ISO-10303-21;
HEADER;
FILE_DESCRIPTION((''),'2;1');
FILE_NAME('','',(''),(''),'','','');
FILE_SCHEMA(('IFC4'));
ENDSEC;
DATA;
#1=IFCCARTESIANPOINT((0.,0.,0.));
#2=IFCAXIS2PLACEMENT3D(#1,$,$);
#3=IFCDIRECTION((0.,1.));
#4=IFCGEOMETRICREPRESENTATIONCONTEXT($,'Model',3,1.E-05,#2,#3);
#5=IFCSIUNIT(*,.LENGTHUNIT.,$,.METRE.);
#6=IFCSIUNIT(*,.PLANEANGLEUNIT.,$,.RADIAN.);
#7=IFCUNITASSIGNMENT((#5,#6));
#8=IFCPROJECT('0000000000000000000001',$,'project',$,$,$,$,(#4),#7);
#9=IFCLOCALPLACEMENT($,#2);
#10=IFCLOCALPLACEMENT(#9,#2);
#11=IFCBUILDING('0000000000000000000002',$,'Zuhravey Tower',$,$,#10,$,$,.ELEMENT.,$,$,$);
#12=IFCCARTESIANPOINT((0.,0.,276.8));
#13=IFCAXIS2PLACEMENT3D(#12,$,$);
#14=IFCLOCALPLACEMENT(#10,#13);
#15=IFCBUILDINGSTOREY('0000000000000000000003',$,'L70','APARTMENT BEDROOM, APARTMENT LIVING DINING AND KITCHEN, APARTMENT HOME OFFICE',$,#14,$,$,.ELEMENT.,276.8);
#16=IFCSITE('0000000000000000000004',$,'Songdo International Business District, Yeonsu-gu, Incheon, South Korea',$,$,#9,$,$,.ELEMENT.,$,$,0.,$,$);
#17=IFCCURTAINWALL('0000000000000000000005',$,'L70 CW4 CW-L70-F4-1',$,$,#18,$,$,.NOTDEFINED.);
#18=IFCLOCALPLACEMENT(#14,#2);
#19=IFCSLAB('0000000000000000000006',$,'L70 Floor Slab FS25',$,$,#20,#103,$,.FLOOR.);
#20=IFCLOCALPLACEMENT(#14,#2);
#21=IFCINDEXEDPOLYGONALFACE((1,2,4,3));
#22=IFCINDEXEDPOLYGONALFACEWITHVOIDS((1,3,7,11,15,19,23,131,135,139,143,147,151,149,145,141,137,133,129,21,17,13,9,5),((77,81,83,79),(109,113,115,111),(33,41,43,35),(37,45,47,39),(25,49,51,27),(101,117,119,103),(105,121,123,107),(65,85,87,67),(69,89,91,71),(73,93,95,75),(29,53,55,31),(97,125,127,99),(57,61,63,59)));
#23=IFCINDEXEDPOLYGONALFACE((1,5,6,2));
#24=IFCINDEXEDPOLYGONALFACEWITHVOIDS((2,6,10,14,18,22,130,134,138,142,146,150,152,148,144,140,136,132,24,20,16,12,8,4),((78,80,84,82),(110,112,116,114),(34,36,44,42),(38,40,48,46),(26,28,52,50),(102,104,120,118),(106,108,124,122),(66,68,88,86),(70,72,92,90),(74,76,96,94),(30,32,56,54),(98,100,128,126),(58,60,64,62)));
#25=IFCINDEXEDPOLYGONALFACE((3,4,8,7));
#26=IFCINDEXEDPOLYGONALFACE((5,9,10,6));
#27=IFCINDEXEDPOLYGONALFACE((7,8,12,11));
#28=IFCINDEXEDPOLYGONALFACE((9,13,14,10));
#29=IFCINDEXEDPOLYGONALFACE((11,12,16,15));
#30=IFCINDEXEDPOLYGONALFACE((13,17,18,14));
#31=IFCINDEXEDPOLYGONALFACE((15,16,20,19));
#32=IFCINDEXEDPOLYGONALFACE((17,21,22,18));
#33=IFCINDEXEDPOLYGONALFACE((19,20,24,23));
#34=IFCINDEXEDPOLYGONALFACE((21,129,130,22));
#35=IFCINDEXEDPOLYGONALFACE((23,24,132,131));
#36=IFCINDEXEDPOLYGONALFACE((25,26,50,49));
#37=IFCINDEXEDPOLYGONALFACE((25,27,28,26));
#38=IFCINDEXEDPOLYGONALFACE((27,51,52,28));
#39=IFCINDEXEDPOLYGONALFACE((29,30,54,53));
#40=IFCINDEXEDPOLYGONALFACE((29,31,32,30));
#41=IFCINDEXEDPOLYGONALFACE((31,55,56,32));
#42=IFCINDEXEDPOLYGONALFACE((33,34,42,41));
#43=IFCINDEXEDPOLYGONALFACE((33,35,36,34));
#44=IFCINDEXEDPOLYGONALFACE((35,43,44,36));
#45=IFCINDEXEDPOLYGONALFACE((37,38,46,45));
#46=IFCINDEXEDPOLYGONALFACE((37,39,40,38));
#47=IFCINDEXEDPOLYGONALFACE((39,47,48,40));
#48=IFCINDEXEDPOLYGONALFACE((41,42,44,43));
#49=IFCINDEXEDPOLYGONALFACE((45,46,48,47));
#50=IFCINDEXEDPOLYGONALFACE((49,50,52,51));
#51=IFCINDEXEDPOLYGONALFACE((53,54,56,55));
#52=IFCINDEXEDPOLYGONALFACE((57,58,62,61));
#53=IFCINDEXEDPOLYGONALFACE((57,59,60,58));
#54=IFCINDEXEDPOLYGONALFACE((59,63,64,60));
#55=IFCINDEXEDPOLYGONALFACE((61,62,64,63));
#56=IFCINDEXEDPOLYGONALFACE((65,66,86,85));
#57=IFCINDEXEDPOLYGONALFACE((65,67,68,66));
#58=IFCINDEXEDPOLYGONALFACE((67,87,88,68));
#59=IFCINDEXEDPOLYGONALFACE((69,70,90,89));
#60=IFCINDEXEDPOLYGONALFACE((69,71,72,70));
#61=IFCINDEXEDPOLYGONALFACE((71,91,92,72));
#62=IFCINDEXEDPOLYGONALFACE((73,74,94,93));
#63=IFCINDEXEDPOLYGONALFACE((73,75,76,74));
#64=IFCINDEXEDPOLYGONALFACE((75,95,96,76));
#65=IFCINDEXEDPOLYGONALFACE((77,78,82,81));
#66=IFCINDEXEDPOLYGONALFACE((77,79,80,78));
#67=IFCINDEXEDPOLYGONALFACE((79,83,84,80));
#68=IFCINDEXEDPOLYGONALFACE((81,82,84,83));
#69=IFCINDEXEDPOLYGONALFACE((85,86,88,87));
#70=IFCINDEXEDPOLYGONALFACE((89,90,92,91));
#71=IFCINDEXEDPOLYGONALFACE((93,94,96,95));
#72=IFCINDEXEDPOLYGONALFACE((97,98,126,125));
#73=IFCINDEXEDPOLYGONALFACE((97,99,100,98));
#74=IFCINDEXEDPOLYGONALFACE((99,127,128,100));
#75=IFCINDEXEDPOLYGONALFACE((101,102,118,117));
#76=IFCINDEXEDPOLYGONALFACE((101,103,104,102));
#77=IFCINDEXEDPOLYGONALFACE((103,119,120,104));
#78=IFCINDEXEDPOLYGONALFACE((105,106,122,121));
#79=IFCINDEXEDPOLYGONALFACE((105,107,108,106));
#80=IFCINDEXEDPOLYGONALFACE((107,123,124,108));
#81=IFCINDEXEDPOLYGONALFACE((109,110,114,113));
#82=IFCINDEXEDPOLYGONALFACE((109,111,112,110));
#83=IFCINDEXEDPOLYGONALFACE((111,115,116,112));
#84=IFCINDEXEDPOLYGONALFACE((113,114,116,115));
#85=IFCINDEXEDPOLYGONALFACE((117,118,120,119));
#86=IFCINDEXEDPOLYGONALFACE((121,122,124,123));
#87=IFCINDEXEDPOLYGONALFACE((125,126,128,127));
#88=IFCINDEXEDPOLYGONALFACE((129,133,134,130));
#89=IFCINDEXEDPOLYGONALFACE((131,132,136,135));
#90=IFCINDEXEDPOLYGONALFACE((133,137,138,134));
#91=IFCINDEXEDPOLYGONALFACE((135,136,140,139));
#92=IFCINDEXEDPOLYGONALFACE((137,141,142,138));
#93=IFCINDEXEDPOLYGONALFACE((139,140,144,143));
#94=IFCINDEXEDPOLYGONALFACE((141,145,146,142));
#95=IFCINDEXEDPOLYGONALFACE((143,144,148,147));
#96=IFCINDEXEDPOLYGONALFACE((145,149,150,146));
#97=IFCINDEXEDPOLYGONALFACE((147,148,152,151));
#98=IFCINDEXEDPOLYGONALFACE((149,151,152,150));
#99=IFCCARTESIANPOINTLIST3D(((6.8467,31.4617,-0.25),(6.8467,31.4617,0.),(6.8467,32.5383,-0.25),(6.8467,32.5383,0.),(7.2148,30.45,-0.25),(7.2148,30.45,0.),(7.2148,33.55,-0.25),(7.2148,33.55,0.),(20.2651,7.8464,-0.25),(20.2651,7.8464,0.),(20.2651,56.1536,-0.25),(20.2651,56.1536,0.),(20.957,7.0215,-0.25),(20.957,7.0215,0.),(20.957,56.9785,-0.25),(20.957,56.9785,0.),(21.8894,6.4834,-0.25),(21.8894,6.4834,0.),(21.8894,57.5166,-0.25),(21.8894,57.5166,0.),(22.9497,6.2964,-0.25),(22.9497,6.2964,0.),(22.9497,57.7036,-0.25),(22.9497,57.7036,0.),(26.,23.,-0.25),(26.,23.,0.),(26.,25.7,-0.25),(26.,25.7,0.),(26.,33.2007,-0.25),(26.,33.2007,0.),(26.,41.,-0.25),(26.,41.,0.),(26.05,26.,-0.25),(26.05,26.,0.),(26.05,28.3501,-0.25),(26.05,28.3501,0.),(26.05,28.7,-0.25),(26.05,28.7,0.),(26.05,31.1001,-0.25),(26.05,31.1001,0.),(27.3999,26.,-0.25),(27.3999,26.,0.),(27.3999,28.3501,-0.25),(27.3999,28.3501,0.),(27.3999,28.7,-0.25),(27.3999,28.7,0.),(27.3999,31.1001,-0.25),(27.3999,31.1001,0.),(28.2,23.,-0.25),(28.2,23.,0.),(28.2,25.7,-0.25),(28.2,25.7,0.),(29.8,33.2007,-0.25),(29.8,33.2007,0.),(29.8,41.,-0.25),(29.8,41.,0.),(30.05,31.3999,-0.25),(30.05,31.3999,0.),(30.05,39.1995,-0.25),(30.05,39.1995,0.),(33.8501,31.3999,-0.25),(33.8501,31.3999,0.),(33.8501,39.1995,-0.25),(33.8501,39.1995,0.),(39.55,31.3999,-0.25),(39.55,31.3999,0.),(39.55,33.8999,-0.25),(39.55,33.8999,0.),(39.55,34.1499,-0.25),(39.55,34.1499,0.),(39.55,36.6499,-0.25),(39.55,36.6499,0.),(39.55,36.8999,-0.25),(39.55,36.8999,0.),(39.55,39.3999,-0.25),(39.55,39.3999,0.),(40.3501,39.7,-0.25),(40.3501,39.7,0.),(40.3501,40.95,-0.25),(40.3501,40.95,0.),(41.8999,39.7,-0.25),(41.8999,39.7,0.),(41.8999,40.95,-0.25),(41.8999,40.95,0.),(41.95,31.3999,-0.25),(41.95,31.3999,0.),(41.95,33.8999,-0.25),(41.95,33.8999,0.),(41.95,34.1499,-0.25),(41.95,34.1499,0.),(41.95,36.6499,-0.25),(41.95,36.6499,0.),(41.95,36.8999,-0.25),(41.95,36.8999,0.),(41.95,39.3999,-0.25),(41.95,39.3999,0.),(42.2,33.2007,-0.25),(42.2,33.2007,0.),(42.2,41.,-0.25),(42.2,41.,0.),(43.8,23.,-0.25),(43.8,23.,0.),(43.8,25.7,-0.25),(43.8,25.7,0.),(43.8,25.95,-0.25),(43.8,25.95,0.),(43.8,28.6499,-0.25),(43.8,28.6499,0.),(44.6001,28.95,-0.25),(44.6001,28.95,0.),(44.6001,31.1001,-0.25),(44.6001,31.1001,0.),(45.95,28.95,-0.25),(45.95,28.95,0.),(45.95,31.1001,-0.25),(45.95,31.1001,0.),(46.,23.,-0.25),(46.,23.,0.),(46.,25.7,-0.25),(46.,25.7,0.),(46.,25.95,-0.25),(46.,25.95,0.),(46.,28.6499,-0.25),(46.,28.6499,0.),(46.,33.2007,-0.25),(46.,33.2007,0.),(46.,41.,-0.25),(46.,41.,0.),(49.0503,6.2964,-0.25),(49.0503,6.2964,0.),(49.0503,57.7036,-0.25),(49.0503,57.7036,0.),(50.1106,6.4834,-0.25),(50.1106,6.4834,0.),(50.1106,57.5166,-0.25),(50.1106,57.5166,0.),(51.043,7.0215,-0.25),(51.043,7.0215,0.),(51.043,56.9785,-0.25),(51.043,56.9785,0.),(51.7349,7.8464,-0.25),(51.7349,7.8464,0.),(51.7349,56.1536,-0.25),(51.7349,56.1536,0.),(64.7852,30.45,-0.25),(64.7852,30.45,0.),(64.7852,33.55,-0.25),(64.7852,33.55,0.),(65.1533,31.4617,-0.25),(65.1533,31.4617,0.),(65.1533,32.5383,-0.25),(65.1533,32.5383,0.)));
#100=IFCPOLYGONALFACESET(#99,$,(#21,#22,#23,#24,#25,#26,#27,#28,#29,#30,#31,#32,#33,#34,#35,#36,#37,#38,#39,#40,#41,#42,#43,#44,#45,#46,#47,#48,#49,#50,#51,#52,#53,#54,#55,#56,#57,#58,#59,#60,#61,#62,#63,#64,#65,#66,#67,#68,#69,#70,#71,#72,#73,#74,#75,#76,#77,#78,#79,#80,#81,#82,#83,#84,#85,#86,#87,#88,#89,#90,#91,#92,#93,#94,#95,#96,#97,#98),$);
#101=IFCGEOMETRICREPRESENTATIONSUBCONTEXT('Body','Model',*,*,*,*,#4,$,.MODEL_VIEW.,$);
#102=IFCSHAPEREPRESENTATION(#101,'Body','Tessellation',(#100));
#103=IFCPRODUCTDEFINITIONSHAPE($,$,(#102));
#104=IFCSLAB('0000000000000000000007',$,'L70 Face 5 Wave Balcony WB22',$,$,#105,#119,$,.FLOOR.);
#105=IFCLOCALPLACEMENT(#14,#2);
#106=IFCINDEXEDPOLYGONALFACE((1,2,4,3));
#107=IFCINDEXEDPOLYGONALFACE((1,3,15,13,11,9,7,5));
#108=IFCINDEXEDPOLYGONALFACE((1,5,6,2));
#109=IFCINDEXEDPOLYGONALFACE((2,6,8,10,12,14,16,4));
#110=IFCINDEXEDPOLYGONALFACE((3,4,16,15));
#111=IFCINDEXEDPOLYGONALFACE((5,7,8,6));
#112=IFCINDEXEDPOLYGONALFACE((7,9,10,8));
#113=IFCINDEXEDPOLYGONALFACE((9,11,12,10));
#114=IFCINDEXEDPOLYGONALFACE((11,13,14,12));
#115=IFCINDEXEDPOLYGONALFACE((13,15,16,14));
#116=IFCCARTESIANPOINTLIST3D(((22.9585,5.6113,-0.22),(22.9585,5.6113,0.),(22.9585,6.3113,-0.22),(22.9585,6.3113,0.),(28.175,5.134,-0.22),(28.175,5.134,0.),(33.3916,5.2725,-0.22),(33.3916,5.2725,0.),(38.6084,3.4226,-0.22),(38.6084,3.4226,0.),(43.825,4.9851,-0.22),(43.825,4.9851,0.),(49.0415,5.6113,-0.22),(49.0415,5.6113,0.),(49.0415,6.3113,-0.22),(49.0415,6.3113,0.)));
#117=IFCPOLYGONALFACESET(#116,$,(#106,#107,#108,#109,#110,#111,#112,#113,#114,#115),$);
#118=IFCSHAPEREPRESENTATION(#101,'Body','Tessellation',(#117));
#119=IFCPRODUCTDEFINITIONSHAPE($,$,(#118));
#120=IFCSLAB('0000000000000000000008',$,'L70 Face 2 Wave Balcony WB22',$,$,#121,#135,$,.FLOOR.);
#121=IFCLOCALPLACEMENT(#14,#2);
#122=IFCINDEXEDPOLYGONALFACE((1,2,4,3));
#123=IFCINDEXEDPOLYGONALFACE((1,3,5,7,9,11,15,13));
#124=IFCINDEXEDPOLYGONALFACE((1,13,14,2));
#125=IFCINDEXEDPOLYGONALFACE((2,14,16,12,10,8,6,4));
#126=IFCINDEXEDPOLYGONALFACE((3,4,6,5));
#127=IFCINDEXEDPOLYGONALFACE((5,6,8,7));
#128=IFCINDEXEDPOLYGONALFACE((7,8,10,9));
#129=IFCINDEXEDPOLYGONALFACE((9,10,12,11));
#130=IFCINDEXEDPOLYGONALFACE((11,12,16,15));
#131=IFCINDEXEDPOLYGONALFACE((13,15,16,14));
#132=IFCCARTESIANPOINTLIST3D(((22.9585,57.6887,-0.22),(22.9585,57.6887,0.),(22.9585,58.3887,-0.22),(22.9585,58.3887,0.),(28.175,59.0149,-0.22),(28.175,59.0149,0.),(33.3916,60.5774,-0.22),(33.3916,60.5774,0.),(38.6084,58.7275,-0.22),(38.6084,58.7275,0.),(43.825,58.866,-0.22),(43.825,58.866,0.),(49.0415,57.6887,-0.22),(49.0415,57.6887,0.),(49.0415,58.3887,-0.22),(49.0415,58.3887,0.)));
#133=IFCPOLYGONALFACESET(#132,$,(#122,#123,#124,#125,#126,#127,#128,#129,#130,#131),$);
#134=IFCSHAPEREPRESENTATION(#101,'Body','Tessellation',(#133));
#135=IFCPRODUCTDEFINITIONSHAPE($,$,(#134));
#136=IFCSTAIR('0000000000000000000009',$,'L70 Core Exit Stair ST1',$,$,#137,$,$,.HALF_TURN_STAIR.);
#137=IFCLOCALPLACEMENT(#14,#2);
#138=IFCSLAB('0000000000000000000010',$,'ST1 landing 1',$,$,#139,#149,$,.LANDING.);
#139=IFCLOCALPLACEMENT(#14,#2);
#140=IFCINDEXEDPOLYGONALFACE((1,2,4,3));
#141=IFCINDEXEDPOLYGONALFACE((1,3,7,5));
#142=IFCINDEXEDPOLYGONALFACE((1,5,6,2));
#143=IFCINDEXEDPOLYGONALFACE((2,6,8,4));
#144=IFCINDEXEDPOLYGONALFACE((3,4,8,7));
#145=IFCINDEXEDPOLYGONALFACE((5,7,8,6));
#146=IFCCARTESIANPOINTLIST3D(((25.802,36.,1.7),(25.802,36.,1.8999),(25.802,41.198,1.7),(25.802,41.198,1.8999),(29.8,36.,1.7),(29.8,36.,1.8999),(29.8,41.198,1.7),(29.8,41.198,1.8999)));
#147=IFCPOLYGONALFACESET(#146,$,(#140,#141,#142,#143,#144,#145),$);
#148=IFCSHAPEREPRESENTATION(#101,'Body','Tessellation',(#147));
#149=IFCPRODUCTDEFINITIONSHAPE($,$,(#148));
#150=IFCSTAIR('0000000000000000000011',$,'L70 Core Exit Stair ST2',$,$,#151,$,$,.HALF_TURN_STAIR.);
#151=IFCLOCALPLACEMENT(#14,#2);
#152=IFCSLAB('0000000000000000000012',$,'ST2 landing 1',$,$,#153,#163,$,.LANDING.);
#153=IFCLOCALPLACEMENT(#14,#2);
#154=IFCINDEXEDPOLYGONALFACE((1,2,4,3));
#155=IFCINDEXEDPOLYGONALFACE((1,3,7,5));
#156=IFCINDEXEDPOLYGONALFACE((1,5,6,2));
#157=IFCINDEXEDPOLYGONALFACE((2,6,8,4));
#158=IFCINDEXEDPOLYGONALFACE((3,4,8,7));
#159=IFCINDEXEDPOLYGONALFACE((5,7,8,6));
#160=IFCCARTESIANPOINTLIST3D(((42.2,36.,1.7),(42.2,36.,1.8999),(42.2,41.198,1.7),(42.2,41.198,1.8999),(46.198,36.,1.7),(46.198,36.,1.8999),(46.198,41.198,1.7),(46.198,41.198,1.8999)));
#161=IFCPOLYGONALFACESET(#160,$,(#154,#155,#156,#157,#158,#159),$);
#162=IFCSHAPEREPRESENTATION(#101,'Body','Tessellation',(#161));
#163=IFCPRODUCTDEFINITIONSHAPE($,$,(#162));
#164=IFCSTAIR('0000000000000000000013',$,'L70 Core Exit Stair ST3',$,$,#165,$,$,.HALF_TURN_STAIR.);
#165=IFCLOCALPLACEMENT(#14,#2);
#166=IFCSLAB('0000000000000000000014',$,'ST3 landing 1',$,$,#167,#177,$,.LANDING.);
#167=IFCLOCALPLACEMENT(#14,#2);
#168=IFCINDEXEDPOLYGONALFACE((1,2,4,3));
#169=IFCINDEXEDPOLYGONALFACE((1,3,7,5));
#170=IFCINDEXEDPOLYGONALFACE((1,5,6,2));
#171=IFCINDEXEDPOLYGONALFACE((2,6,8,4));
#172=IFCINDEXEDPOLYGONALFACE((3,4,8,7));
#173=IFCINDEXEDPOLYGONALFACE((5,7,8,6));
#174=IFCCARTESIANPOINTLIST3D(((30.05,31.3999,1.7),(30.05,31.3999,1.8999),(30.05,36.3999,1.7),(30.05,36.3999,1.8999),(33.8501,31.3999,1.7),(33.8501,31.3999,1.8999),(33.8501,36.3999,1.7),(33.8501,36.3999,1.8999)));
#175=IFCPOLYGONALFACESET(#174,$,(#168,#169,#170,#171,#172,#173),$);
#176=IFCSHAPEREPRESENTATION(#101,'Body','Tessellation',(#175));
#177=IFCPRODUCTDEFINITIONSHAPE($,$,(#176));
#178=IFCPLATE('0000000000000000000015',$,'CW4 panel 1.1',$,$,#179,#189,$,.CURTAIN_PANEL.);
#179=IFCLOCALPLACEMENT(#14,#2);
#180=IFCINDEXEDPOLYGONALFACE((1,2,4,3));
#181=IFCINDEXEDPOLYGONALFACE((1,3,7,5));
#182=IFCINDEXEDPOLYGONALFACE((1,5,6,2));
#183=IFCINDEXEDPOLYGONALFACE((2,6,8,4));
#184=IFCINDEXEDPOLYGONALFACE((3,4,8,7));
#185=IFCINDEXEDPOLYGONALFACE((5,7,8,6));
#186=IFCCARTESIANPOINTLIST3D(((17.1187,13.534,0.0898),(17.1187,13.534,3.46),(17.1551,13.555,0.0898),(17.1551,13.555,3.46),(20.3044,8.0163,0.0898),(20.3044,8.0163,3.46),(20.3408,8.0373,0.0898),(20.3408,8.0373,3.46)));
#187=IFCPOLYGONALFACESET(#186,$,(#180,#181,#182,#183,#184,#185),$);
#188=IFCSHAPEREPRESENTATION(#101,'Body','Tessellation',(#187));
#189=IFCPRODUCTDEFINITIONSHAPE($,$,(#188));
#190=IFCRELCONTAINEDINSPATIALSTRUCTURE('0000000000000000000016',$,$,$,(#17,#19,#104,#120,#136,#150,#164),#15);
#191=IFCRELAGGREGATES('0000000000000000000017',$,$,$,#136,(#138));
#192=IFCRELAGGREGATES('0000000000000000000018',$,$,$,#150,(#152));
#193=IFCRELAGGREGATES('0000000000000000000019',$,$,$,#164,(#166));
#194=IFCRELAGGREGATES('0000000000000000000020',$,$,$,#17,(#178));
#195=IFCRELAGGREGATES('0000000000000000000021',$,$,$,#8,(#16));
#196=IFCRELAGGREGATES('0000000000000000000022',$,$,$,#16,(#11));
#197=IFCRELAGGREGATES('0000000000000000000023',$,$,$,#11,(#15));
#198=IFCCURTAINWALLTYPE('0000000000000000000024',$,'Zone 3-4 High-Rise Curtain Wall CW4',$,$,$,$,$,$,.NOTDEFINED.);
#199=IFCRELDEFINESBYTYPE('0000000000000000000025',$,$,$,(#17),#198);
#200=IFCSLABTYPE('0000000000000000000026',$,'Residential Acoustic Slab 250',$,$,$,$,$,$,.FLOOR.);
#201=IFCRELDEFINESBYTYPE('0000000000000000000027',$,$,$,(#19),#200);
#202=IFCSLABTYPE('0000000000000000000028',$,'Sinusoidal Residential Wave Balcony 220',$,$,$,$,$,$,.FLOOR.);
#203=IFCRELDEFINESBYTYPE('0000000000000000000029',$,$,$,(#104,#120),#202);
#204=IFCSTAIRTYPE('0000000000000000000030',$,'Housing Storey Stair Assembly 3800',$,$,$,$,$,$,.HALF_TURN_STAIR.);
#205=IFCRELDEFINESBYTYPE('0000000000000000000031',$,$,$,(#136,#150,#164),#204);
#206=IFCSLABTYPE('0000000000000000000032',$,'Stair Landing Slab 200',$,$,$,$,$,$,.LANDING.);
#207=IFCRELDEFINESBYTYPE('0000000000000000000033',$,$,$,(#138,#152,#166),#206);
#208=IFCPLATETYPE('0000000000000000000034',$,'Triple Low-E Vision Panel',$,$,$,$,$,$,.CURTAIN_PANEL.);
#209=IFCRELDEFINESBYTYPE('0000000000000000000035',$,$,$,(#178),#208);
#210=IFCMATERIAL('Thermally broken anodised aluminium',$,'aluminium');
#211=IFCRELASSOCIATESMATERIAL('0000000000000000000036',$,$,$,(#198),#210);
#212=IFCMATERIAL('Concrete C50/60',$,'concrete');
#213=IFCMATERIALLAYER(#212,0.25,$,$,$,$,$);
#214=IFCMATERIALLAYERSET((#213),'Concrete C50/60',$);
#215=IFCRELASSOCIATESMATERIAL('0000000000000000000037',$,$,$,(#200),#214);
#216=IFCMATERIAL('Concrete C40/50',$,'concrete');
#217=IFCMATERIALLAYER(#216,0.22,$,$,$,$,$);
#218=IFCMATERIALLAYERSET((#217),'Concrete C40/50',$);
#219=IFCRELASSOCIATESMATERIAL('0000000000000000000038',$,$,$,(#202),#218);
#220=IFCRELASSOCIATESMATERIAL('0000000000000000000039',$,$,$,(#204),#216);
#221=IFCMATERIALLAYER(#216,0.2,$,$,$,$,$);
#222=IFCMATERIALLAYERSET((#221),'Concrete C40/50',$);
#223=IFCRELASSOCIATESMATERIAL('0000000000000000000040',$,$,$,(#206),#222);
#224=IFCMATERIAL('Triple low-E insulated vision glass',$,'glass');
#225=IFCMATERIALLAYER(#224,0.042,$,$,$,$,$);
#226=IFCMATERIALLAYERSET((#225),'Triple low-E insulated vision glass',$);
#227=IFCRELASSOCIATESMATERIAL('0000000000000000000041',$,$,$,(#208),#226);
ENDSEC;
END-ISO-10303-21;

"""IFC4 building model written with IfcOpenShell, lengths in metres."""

from ifc_helpers import new_model, si_unit, direction, frame, origin, origin_2d, place, context, subcontext, project, spatial, polyline, rectangle, outline, extrude, material, layer, layer_set, type_object, element, aggregate, save


model = new_model("IFC4")

# Units and contexts
model_context = context("Model", 3, precision=1e-05, world=origin(), true_north=direction((0.0, 1.0)))
body_context = subcontext(model_context, "Body", "Model", "MODEL_VIEW")
ifc_project = project(units=[si_unit("LENGTHUNIT", "METRE"), si_unit("PLANEANGLEUNIT", "RADIAN")], contexts=[model_context])

# Site, building, storey
site_placement = place(None, origin())
site = spatial("IfcSite", under=ifc_project, at=site_placement, Name="Songdo International Business District, Yeonsu-gu, Incheon, South Korea", CompositionType="ELEMENT", RefElevation=0.0)
building_placement = place(site_placement, origin())
building = spatial("IfcBuilding", under=site, at=building_placement, Name="Zuhravey Tower", CompositionType="ELEMENT")
storey_placement = place(building_placement, frame((0.0, 0.0, 276.8)))
storey = spatial("IfcBuildingStorey", under=building, at=storey_placement, Name="L70", Description="APARTMENT BEDROOM, APARTMENT LIVING DINING AND KITCHEN, APARTMENT HOME OFFICE", CompositionType="ELEMENT", Elevation=276.8)

# Shared definitions
ifc_material_1 = material(Name="Concrete C50/60", Category="concrete")

# Curtain wall
ifc_material_2 = material(Name="Thermally broken anodised aluminium", Category="aluminium")
curtain_wall_type = type_object("IfcCurtainWallType", Name="Zone 3-4 High-Rise Curtain Wall CW4", PredefinedType="NOTDEFINED", material=ifc_material_2)
curtain_wall_placement = place(storey_placement, origin())
curtain_wall = element("IfcCurtainWall", 1, at=curtain_wall_placement, inside=storey, type_object=curtain_wall_type, Name="L70 CW4 CW-L70-F4-1", PredefinedType="NOTDEFINED")

# Slabs
ifc_layer_1 = layer(ifc_material_1, 0.25)
ifc_layer_set_1 = layer_set([ifc_layer_1], Name="Concrete C50/60")
slab_type_1 = type_object("IfcSlabType", Name="Residential Acoustic Slab 250", PredefinedType="FLOOR", material=ifc_layer_set_1)
slab_1_placement = place(storey_placement, frame((0.0, 0.0, -0.25)))
element("IfcSlab", 2, at=slab_1_placement, inside=storey, type_object=slab_type_1, Name="L70 Floor Slab FS25", PredefinedType="FLOOR", context=body_context, shape_type="SweptSolid", body=[
    extrude(outline(polyline([(64.7852, 30.45), (65.1533, 31.4617), (65.1533, 32.5383), (64.7852, 33.55), (51.7349, 56.1536), (51.043, 56.9785), (50.1106, 57.5166), (49.0503, 57.7036), (22.9497, 57.7036), (21.8894, 57.5166), (20.957, 56.9785), (20.2651, 56.1536), (7.2148, 33.55), (6.8467, 32.5383), (6.8467, 31.4617), (7.2148, 30.45), (20.2651, 7.8464), (20.957, 7.0215), (21.8894, 6.4834), (22.9497, 6.2964), (49.0503, 6.2964), (50.1106, 6.4834), (51.043, 7.0215), (51.7349, 7.8464), (64.7852, 30.45)]), holes=[polyline([(29.8, 33.2007), (29.8, 41.0), (26.0, 41.0), (26.0, 33.2007), (29.8, 33.2007)]), polyline([(46.0, 33.2007), (46.0, 41.0), (42.2, 41.0), (42.2, 33.2007), (46.0, 33.2007)]), polyline([(30.05, 39.1995), (30.05, 31.3999), (33.8501, 31.3999), (33.8501, 39.1995), (30.05, 39.1995)]), polyline([(39.55, 31.3999), (41.95, 31.3999), (41.95, 33.8999), (39.55, 33.8999), (39.55, 31.3999)]), polyline([(39.55, 34.1499), (41.95, 34.1499), (41.95, 36.6499), (39.55, 36.6499), (39.55, 34.1499)]), polyline([(39.55, 36.8999), (41.95, 36.8999), (41.95, 39.3999), (39.55, 39.3999), (39.55, 36.8999)]), polyline([(26.0, 23.0), (28.2, 23.0), (28.2, 25.7), (26.0, 25.7), (26.0, 23.0)]), polyline([(43.8, 23.0), (46.0, 23.0), (46.0, 25.7), (43.8, 25.7), (43.8, 23.0)]), polyline([(43.8, 25.95), (46.0, 25.95), (46.0, 28.6499), (43.8, 28.6499), (43.8, 25.95)]), polyline([(26.05, 26.0), (27.3999, 26.0), (27.3999, 28.3501), (26.05, 28.3501), (26.05, 26.0)]), polyline([(26.05, 28.7), (27.3999, 28.7), (27.3999, 31.1001), (26.05, 31.1001), (26.05, 28.7)]), polyline([(44.6001, 28.95), (45.95, 28.95), (45.95, 31.1001), (44.6001, 31.1001), (44.6001, 28.95)]), polyline([(40.3501, 39.7), (41.8999, 39.7), (41.8999, 40.95), (40.3501, 40.95), (40.3501, 39.7)])]), origin(), (0.0, 0.0, 1.0), 0.25),
])
ifc_material_3 = material(Name="Concrete C40/50", Category="concrete")
ifc_layer_2 = layer(ifc_material_3, 0.22)
ifc_layer_set_2 = layer_set([ifc_layer_2], Name="Concrete C40/50")
slab_type_2 = type_object("IfcSlabType", Name="Sinusoidal Residential Wave Balcony 220", PredefinedType="FLOOR", material=ifc_layer_set_2)
slab_2_placement = place(storey_placement, frame((0.0, 0.0, -0.22)))
element("IfcSlab", 3, at=slab_2_placement, inside=storey, type_object=slab_type_2, Name="L70 Face 5 Wave Balcony WB22", PredefinedType="FLOOR", context=body_context, shape_type="SweptSolid", body=[
    extrude(outline(polyline([(22.9585, 6.3113), (49.0415, 6.3113), (49.0415, 5.6113), (43.825, 4.9851), (38.6084, 3.4226), (33.3916, 5.2725), (28.175, 5.134), (22.9585, 5.6113), (22.9585, 6.3113)])), origin(), (0.0, 0.0, 1.0), 0.22),
])
slab_3_placement = place(storey_placement, frame((0.0, 0.0, -0.22)))
element("IfcSlab", 4, at=slab_3_placement, inside=storey, type_object=slab_type_2, Name="L70 Face 2 Wave Balcony WB22", PredefinedType="FLOOR", context=body_context, shape_type="SweptSolid", body=[
    extrude(outline(polyline([(49.0415, 57.6887), (22.9585, 57.6887), (22.9585, 58.3887), (28.175, 59.0149), (33.3916, 60.5774), (38.6084, 58.7275), (43.825, 58.866), (49.0415, 58.3887), (49.0415, 57.6887)])), origin(), (0.0, 0.0, 1.0), 0.22),
])

# Stairs, slabs
stair_type = type_object("IfcStairType", Name="Housing Storey Stair Assembly 3800", PredefinedType="HALF_TURN_STAIR", material=ifc_material_3)
stair_1_placement = place(storey_placement, origin())
stair_1 = element("IfcStair", 5, at=stair_1_placement, inside=storey, type_object=stair_type, Name="L70 Core Exit Stair ST1", PredefinedType="HALF_TURN_STAIR")
ifc_layer_3 = layer(ifc_material_3, 0.2)
ifc_layer_set_3 = layer_set([ifc_layer_3], Name="Concrete C40/50")
slab_type_3 = type_object("IfcSlabType", Name="Stair Landing Slab 200", PredefinedType="LANDING", material=ifc_layer_set_3)
slab_4_placement = place(storey_placement, frame((0.0, 0.0, 1.7)))
slab_4 = element("IfcSlab", 6, at=slab_4_placement, type_object=slab_type_3, Name="ST1 landing 1", PredefinedType="LANDING", context=body_context, shape_type="SweptSolid", body=[
    extrude(outline(polyline([(29.8, 36.0), (29.8, 41.198), (25.802, 41.198), (25.802, 36.0), (29.8, 36.0)])), origin(), (0.0, 0.0, 1.0), 0.2),
])
aggregate(stair_1, [slab_4])
stair_2_placement = place(storey_placement, origin())
stair_2 = element("IfcStair", 7, at=stair_2_placement, inside=storey, type_object=stair_type, Name="L70 Core Exit Stair ST2", PredefinedType="HALF_TURN_STAIR")
slab_5_placement = place(storey_placement, frame((0.0, 0.0, 1.7)))
slab_5 = element("IfcSlab", 8, at=slab_5_placement, type_object=slab_type_3, Name="ST2 landing 1", PredefinedType="LANDING", context=body_context, shape_type="SweptSolid", body=[
    extrude(outline(polyline([(46.198, 36.0), (46.198, 41.198), (42.2, 41.198), (42.2, 36.0), (46.198, 36.0)])), origin(), (0.0, 0.0, 1.0), 0.2),
])
aggregate(stair_2, [slab_5])
stair_3_placement = place(storey_placement, origin())
stair_3 = element("IfcStair", 9, at=stair_3_placement, inside=storey, type_object=stair_type, Name="L70 Core Exit Stair ST3", PredefinedType="HALF_TURN_STAIR")
slab_6_placement = place(storey_placement, frame((0.0, 0.0, 1.7)))
slab_6 = element("IfcSlab", 10, at=slab_6_placement, type_object=slab_type_3, Name="ST3 landing 1", PredefinedType="LANDING", context=body_context, shape_type="SweptSolid", body=[
    extrude(outline(polyline([(30.05, 36.3999), (30.05, 31.3999), (33.8501, 31.3999), (33.8501, 36.3999), (30.05, 36.3999)])), origin(), (0.0, 0.0, 1.0), 0.2),
])
aggregate(stair_3, [slab_6])

# Plate
ifc_material_4 = material(Name="Triple low-E insulated vision glass", Category="glass")
ifc_layer_4 = layer(ifc_material_4, 0.042)
ifc_layer_set_4 = layer_set([ifc_layer_4], Name="Triple low-E insulated vision glass")
plate_type_1 = type_object("IfcPlateType", Name="Triple Low-E Vision Panel", PredefinedType="CURTAIN_PANEL", material=ifc_layer_set_4)
plate_1_placement = place(storey_placement, frame((18.7297, 10.7856, 0.0898), z_axis=(0.0, 0.0, 1.0), x_axis=(-0.500001, 0.866025, 0.0)))
plate_1 = element("IfcPlate", 11, at=plate_1_placement, type_object=plate_type_1, Name="CW4 panel 1.1", PredefinedType="CURTAIN_PANEL", context=body_context, shape_type="SweptSolid", body=[
    extrude(rectangle(XDim=6.3713, YDim=0.042, at=origin_2d()), origin(), (0.0, 0.0, 1.0), 3.3701),
])
aggregate(curtain_wall, [plate_1])

save(model, "model.ifc")
